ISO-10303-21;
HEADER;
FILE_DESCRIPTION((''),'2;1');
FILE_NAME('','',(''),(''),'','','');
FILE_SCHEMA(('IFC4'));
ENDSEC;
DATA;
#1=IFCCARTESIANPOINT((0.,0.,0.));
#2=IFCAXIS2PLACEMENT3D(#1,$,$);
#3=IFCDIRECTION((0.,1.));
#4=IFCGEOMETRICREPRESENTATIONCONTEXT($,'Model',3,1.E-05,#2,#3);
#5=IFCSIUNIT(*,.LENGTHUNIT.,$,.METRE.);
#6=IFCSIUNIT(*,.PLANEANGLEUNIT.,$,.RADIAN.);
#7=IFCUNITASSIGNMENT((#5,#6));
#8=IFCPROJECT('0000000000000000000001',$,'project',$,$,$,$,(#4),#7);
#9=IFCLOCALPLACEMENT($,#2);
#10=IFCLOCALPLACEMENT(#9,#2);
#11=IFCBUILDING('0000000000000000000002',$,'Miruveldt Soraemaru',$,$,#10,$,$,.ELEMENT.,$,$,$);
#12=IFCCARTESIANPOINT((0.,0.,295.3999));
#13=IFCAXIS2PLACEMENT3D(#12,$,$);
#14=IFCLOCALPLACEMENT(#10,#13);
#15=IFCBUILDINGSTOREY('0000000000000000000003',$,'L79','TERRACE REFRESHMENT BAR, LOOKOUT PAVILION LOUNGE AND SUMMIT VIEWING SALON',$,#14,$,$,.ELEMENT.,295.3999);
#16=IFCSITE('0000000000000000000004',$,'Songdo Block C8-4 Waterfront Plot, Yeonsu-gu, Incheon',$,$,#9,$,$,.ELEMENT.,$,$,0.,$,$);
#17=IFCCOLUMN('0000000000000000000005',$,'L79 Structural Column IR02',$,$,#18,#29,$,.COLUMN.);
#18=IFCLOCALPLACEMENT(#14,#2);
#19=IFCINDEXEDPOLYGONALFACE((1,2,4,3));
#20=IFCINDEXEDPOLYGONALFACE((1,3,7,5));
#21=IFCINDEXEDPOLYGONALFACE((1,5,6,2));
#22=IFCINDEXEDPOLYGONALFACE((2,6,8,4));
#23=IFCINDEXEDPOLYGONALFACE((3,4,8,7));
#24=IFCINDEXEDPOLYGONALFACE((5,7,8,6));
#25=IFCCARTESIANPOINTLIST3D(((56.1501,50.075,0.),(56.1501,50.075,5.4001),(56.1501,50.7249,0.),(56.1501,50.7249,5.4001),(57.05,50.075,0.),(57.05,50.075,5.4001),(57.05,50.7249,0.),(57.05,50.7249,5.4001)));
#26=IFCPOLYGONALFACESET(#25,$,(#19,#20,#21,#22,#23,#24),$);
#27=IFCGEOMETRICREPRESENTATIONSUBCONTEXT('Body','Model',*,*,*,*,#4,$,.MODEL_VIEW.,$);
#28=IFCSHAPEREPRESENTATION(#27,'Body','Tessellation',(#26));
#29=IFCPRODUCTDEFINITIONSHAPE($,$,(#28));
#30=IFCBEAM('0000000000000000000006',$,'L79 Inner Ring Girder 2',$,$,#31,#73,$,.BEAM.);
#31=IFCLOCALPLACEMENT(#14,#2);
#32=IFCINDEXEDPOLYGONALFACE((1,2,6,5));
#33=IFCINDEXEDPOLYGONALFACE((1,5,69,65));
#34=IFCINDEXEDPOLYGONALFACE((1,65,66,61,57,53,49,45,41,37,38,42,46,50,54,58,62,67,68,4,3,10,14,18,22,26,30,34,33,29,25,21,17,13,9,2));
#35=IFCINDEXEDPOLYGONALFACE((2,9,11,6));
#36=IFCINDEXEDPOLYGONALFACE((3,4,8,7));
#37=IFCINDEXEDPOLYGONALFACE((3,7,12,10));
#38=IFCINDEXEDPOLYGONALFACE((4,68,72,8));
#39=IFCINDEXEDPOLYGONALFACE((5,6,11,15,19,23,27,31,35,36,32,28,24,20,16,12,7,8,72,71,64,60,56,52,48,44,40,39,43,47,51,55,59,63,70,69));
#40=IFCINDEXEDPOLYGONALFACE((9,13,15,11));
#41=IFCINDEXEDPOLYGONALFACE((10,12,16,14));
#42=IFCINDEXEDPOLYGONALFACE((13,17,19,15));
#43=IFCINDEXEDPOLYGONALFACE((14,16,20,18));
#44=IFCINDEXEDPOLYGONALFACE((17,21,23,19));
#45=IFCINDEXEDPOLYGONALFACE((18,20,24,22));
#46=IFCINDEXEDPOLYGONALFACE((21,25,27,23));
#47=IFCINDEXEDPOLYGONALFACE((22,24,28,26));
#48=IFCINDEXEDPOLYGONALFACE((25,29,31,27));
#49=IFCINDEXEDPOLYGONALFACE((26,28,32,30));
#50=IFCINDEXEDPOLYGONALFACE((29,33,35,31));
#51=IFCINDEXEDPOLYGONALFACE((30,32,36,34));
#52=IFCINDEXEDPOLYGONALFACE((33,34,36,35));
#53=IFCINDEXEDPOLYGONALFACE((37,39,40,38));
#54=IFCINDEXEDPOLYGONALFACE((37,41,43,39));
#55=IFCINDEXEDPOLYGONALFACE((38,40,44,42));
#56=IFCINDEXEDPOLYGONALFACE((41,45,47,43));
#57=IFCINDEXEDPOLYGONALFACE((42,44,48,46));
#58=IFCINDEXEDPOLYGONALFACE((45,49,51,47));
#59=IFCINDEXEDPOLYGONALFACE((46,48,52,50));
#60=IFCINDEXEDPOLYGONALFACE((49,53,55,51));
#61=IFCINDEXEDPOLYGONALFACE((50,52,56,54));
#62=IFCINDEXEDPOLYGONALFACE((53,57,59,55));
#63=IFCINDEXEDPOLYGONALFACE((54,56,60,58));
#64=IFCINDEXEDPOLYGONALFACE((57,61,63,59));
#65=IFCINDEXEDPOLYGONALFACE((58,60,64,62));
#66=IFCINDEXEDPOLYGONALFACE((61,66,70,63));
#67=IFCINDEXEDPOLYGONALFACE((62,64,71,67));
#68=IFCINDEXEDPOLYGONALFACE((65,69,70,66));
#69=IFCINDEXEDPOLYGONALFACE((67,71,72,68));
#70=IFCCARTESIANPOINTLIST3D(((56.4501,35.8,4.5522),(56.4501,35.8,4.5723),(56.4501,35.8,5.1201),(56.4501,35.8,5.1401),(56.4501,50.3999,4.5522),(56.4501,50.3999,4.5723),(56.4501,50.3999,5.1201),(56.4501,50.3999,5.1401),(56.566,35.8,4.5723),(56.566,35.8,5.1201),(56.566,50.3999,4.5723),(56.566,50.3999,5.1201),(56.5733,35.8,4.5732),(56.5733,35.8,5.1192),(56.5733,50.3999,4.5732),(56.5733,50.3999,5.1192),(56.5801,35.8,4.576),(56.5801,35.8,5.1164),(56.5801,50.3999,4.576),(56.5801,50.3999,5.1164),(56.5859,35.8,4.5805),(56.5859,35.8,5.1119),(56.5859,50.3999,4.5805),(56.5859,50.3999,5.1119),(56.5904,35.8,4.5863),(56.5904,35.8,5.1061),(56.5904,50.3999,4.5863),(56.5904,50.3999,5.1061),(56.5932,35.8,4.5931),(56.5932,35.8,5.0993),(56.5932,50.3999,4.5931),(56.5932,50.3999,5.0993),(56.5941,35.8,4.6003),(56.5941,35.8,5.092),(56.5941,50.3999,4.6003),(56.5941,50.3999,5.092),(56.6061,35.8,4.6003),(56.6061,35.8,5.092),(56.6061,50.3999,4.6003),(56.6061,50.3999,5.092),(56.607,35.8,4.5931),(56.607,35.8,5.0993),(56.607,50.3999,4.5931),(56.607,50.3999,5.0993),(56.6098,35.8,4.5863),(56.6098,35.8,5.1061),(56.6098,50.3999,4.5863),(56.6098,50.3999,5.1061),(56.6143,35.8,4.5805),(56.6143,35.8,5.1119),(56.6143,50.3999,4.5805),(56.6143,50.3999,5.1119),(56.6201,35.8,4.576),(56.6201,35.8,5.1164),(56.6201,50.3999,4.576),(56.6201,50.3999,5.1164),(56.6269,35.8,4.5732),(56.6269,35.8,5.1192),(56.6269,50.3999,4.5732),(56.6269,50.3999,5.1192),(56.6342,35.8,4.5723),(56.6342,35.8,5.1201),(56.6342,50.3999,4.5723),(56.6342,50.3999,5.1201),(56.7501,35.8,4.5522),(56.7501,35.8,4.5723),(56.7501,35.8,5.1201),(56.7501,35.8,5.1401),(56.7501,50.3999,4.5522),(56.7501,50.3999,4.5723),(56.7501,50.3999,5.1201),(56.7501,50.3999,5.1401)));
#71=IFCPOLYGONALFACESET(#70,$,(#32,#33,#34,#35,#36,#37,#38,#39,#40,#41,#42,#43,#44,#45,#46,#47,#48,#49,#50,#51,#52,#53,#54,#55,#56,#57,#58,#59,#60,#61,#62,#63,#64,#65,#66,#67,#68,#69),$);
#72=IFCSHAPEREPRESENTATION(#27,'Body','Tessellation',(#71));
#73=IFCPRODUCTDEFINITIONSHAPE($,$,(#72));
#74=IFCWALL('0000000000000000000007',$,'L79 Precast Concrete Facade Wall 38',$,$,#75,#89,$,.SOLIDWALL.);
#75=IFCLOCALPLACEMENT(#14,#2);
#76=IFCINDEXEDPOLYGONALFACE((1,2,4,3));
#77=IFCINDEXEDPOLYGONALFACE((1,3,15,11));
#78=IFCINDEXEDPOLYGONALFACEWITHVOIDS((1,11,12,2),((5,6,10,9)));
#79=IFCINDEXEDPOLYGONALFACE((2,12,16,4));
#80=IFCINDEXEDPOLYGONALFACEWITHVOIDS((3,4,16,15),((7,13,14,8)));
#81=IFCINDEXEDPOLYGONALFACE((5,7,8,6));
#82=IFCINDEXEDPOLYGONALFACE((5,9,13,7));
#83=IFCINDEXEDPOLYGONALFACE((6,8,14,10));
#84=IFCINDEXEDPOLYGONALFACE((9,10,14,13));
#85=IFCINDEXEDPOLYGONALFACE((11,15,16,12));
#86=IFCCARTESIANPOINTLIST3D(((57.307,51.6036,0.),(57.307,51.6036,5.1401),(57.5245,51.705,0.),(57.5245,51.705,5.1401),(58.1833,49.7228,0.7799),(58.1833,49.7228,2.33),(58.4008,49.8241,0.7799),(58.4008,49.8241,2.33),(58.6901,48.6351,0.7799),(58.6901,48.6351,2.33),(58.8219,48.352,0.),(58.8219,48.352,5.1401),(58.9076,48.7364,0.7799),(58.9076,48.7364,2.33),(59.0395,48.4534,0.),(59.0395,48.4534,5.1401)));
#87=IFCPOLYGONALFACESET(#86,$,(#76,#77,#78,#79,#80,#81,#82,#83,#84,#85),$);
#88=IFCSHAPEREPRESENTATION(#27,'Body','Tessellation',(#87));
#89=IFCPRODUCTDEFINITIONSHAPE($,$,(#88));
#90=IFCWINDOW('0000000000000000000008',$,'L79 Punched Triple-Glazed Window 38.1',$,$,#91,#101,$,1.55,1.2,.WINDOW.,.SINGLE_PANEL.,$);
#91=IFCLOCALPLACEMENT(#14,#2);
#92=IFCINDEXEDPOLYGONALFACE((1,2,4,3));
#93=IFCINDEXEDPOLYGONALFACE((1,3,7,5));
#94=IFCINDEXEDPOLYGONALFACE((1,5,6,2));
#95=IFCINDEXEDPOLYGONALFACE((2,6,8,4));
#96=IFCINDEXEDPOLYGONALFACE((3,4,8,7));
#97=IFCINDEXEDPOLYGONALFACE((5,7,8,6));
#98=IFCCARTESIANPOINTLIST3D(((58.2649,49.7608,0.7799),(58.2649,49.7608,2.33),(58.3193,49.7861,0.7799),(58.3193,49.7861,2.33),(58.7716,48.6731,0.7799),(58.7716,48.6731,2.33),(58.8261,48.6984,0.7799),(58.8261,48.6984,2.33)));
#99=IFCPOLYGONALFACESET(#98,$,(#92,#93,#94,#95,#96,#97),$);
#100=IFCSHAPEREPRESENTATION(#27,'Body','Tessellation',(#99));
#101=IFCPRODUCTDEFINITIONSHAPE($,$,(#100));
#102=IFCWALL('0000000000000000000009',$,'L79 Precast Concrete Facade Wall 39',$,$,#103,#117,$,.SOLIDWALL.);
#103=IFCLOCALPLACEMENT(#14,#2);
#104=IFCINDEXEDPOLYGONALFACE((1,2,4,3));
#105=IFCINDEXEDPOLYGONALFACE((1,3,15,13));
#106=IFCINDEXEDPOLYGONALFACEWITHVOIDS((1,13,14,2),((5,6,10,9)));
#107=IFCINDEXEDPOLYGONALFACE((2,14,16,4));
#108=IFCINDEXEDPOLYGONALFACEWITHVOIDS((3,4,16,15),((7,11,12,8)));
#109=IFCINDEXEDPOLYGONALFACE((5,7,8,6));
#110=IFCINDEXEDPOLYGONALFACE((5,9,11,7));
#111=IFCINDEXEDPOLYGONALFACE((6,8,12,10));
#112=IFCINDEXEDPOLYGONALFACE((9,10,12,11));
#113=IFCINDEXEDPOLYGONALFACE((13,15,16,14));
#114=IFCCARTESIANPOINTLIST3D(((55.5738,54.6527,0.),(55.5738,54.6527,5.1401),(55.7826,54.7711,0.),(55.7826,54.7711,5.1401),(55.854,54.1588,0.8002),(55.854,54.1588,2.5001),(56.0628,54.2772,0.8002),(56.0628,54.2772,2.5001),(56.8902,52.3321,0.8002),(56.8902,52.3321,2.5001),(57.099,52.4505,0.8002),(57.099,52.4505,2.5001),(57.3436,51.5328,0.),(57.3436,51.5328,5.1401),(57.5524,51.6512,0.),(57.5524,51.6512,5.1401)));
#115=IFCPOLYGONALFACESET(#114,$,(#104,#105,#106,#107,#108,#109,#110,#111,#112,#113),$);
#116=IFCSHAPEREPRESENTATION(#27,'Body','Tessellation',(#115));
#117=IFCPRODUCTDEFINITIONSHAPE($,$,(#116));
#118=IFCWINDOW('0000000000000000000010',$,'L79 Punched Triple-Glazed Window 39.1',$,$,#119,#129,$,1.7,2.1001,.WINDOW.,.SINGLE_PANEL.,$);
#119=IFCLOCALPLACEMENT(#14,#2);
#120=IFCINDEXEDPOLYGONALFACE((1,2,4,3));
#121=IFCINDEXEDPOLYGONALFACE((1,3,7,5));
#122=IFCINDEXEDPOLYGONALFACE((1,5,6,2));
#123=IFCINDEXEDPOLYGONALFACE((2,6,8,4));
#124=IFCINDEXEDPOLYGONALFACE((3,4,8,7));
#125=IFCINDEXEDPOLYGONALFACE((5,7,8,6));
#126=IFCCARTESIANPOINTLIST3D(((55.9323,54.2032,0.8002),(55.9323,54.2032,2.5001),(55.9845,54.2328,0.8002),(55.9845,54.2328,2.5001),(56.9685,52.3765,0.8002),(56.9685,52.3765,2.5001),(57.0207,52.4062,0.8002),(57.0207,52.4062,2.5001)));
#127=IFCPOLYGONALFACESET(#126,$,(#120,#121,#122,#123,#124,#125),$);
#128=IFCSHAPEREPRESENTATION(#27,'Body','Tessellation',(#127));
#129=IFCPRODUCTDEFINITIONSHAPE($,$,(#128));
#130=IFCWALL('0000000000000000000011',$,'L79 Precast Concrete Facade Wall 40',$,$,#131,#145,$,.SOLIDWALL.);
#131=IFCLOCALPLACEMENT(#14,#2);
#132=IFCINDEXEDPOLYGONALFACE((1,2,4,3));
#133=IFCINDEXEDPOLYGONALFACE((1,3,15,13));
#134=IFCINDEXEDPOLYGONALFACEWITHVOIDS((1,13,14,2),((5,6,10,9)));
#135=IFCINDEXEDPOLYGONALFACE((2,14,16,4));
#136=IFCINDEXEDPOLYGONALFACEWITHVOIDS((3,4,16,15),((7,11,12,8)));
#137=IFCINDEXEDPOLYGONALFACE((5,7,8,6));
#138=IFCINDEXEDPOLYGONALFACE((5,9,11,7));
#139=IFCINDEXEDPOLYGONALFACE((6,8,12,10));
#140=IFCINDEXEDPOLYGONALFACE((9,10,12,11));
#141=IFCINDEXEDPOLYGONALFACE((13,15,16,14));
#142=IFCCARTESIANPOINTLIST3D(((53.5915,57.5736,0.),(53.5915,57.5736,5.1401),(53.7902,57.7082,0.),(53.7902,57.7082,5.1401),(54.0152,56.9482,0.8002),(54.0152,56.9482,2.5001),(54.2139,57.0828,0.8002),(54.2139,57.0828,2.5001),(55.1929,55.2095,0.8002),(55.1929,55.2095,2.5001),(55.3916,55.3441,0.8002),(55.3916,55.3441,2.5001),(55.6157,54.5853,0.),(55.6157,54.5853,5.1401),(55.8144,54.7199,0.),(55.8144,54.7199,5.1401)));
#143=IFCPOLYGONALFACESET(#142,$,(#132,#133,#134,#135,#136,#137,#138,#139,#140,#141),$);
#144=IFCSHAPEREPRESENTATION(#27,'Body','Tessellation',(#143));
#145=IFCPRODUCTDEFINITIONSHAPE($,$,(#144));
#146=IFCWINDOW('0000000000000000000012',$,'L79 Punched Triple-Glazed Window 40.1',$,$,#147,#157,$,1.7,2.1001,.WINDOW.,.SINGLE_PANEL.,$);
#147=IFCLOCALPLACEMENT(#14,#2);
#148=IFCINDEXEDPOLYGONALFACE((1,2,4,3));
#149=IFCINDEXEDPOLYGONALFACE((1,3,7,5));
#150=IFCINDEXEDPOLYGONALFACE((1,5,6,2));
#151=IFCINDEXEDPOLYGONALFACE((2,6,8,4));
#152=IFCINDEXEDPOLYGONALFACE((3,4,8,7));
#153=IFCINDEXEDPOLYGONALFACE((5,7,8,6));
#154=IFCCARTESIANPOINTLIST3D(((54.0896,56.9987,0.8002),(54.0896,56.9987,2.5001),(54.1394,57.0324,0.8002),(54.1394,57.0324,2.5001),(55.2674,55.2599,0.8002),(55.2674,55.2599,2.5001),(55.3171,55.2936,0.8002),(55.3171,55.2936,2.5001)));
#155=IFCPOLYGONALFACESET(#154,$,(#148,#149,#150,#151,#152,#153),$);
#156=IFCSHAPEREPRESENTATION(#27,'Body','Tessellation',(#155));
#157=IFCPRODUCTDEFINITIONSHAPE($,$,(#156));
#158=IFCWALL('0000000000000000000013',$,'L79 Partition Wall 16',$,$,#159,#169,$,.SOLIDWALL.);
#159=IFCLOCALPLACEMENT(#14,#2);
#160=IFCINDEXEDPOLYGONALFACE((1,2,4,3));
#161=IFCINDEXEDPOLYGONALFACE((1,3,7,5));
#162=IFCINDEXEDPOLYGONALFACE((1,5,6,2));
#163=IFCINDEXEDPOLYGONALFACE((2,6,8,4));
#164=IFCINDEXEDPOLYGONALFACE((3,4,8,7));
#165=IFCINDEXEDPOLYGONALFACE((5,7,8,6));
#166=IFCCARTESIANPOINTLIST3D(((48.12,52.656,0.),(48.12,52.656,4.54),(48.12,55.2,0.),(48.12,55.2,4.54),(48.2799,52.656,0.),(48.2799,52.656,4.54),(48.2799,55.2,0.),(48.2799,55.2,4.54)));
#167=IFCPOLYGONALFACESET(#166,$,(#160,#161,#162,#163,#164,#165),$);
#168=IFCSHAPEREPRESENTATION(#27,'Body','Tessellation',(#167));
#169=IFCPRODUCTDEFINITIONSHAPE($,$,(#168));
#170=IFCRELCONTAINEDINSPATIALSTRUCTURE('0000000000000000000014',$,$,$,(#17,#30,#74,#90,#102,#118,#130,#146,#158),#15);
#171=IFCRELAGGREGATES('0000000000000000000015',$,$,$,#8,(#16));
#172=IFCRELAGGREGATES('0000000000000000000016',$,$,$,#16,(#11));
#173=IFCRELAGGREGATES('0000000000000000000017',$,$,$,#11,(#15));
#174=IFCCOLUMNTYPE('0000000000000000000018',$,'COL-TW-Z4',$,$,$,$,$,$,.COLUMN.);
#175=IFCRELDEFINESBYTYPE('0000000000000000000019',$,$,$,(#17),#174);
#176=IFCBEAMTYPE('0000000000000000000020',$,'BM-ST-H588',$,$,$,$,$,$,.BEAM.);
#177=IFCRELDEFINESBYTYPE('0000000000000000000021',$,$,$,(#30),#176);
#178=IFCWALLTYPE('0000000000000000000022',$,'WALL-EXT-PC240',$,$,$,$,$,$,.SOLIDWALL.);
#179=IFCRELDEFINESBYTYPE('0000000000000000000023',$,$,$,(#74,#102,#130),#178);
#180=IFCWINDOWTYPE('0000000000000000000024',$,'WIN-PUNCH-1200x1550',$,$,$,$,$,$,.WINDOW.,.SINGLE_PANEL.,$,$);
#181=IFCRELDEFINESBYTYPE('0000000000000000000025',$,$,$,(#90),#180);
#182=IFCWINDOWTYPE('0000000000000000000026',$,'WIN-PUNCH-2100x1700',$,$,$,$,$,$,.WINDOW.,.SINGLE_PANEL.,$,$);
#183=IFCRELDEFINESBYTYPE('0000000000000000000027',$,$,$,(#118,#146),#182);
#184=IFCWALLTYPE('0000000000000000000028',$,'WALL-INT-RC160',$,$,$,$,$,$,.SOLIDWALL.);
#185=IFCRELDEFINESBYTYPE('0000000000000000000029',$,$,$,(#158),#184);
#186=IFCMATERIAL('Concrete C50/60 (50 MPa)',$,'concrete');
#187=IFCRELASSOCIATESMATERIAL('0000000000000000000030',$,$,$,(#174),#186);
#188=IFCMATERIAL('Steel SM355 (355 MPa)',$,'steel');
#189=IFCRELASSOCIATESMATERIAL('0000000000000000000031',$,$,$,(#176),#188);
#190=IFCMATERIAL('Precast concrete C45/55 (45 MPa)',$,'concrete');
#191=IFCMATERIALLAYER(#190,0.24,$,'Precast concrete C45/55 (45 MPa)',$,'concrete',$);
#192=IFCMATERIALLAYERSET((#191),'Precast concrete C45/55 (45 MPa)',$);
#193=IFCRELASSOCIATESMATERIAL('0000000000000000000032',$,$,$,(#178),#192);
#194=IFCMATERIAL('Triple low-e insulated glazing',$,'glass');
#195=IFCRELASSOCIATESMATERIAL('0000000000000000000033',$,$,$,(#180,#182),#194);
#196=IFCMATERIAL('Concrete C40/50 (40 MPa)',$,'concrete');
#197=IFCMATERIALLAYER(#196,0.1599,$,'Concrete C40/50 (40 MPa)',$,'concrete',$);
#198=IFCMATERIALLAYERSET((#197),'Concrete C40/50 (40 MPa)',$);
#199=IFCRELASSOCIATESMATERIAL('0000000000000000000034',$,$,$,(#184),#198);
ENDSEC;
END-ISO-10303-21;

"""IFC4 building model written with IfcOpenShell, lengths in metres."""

from ifc_helpers import new_model, si_unit, direction, frame, frame_2d, origin, origin_2d, place, context, subcontext, project, spatial, rectangle, i_section, extrude, material, layer, layer_set, material_profile, profile_set, type_object, element, fill, save


model = new_model("IFC4")

# Units and contexts
model_context = context("Model", 3, precision=1e-05, world=origin(), true_north=direction((0.0, 1.0)))
body_context = subcontext(model_context, "Body", "Model", "MODEL_VIEW")
ifc_project = project(units=[si_unit("LENGTHUNIT", "METRE"), si_unit("PLANEANGLEUNIT", "RADIAN")], contexts=[model_context])

# Site, building, storey
site_placement = place(None, origin())
site = spatial("IfcSite", under=ifc_project, at=site_placement, Name="Songdo Block C8-4 Waterfront Plot, Yeonsu-gu, Incheon", CompositionType="ELEMENT", RefElevation=0.0)
building_placement = place(site_placement, origin())
building = spatial("IfcBuilding", under=site, at=building_placement, Name="Miruveldt Soraemaru", CompositionType="ELEMENT")
storey_placement = place(building_placement, frame((0.0, 0.0, 295.3999)))
storey = spatial("IfcBuildingStorey", under=building, at=storey_placement, Name="L79", Description="TERRACE REFRESHMENT BAR, LOOKOUT PAVILION LOUNGE AND SUMMIT VIEWING SALON", CompositionType="ELEMENT", Elevation=295.3999)

# Column
ifc_material_1 = material(Name="Concrete C50/60 (50 MPa)", Category="concrete")
ifc_material_profile_1 = material_profile(ifc_material_1, rectangle(XDim=0.8999, YDim=0.6499, at=origin_2d()), Name="Concrete C50/60 (50 MPa)", Category="concrete")
ifc_profile_set_1 = profile_set([ifc_material_profile_1], Name="Concrete C50/60 (50 MPa)")
column_type = type_object("IfcColumnType", Name="COL-TW-Z4", PredefinedType="COLUMN", material=ifc_profile_set_1)
column_placement = place(storey_placement, frame((56.6001, 50.3999, 0.0), z_axis=(0.0, 0.0, 1.0), x_axis=(1.0, 0.0, 0.0)))
element("IfcColumn", 1, at=column_placement, inside=storey, type_object=column_type, Name="L79 Structural Column IR02", PredefinedType="COLUMN", context=body_context, shape_type="SweptSolid", body=[
    extrude(rectangle(XDim=0.8999, YDim=0.6499, at=origin_2d()), origin(), (0.0, 0.0, 1.0), 5.4001),
])

# Beam
ifc_material_2 = material(Name="Steel SM355 (355 MPa)", Category="steel")
ifc_material_profile_2 = material_profile(ifc_material_2, i_section(OverallWidth=0.3, OverallDepth=0.5879, WebThickness=0.012, FlangeThickness=0.02, FilletRadius=0.0281, at=origin_2d()), Name="Steel SM355 (355 MPa)", Category="steel")
ifc_profile_set_2 = profile_set([ifc_material_profile_2], Name="Steel SM355 (355 MPa)")
beam_type = type_object("IfcBeamType", Name="BM-ST-H588", PredefinedType="BEAM", material=ifc_profile_set_2)
beam_placement = place(storey_placement, frame((56.6001, 50.3999, 4.8462), z_axis=(0.0, -1.0, 0.0), x_axis=(1.0, 0.0, 0.0)))
element("IfcBeam", 2, at=beam_placement, inside=storey, type_object=beam_type, Name="L79 Inner Ring Girder 2", PredefinedType="BEAM", context=body_context, shape_type="SweptSolid", body=[
    extrude(i_section(OverallWidth=0.3, OverallDepth=0.5879, WebThickness=0.012, FlangeThickness=0.02, FilletRadius=0.0281, at=origin_2d()), origin(), (0.0, 0.0, 1.0), 14.5999),
])

# Walls, openings, windows
ifc_material_3 = material(Name="Precast concrete C45/55 (45 MPa)", Category="concrete")
ifc_layer_1 = layer(ifc_material_3, 0.24, Name="Precast concrete C45/55 (45 MPa)", Category="concrete")
ifc_layer_set_1 = layer_set([ifc_layer_1], Name="Precast concrete C45/55 (45 MPa)")
wall_type_1 = type_object("IfcWallType", Name="WALL-EXT-PC240", PredefinedType="SOLIDWALL", material=ifc_layer_set_1)
wall_1_placement = place(storey_placement, frame((58.9307, 48.4028, 0.0), z_axis=(0.0, 0.0, 1.0), x_axis=(-0.422323, 0.906446, 0.0)))
wall_1 = element("IfcWall", 3, at=wall_1_placement, inside=storey, type_object=wall_type_1, Name="L79 Precast Concrete Facade Wall 38", PredefinedType="SOLIDWALL", context=body_context, shape_type="SweptSolid", body=[
    extrude(rectangle(XDim=3.5872, YDim=0.24, at=frame_2d((1.7935, 0.0))), origin(), (0.0, 0.0, 1.0), 5.1401),
])
opening_1_placement = place(wall_1_placement, frame((0.312, 0.0, 0.78)))
opening_1 = element("IfcOpeningElement", 4, at=opening_1_placement, cuts=wall_1, PredefinedType="OPENING", context=body_context, shape_type="SweptSolid", body=[
    extrude(rectangle(XDim=1.2, YDim=1.55, at=frame_2d((0.6001, 0.7749))), frame((0.0, 0.1299, 0.0), z_axis=(0.0, -1.0, 0.0), x_axis=(1.0, 0.0, 0.0)), (0.0, 0.0, 1.0), 0.26),
])
ifc_material_4 = material(Name="Triple low-e insulated glazing", Category="glass")
window_type_1 = type_object("IfcWindowType", Name="WIN-PUNCH-1200x1550", PartitioningType="SINGLE_PANEL", PredefinedType="WINDOW", material=ifc_material_4)
window_1_placement = place(opening_1_placement, origin())
window_1 = element("IfcWindow", 5, at=window_1_placement, inside=storey, type_object=window_type_1, Name="L79 Punched Triple-Glazed Window 38.1", OverallHeight=1.55, OverallWidth=1.2, PartitioningType="SINGLE_PANEL", PredefinedType="WINDOW", context=body_context, shape_type="SweptSolid", body=[
    extrude(rectangle(XDim=1.2, YDim=1.55, at=frame_2d((0.6001, 0.7749))), frame((0.0, 0.03, 0.0), z_axis=(0.0, -1.0, 0.0), x_axis=(1.0, 0.0, 0.0)), (0.0, 0.0, 1.0), 0.0601),
])
fill(opening_1, window_1)
wall_2_placement = place(storey_placement, frame((57.448, 51.592, 0.0), z_axis=(0.0, 0.0, 1.0), x_axis=(-0.493402, 0.869801, 0.0)))
wall_2 = element("IfcWall", 6, at=wall_2_placement, inside=storey, type_object=wall_type_1, Name="L79 Precast Concrete Facade Wall 39", PredefinedType="SOLIDWALL", context=body_context, shape_type="SweptSolid", body=[
    extrude(rectangle(XDim=3.5869, YDim=0.24, at=frame_2d((1.7935, 0.0))), origin(), (0.0, 0.0, 1.0), 5.1401),
])
opening_2_placement = place(wall_2_placement, frame((0.9189, 0.0, 0.8)))
opening_2 = element("IfcOpeningElement", 7, at=opening_2_placement, cuts=wall_2, PredefinedType="OPENING", context=body_context, shape_type="SweptSolid", body=[
    extrude(rectangle(XDim=2.1001, YDim=1.7, at=frame_2d((1.05, 0.8501))), frame((0.0, 0.1299, 0.0), z_axis=(0.0, -1.0, 0.0), x_axis=(1.0, 0.0, 0.0)), (0.0, 0.0, 1.0), 0.26),
])
window_type_2 = type_object("IfcWindowType", Name="WIN-PUNCH-2100x1700", PartitioningType="SINGLE_PANEL", PredefinedType="WINDOW", material=ifc_material_4)
window_2_placement = place(opening_2_placement, origin())
window_2 = element("IfcWindow", 8, at=window_2_placement, inside=storey, type_object=window_type_2, Name="L79 Punched Triple-Glazed Window 39.1", OverallHeight=1.7, OverallWidth=2.1001, PartitioningType="SINGLE_PANEL", PredefinedType="WINDOW", context=body_context, shape_type="SweptSolid", body=[
    extrude(rectangle(XDim=2.1001, YDim=1.7, at=frame_2d((1.05, 0.8501))), frame((0.0, 0.03, 0.0), z_axis=(0.0, -1.0, 0.0), x_axis=(1.0, 0.0, 0.0)), (0.0, 0.0, 1.0), 0.0601),
])
fill(opening_2, window_2)
wall_3_placement = place(storey_placement, frame((55.7151, 54.6526, 0.0), z_axis=(0.0, 0.0, 1.0), x_axis=(-0.56082, 0.827938, 0.0)))
wall_3 = element("IfcWall", 9, at=wall_3_placement, inside=storey, type_object=wall_type_1, Name="L79 Precast Concrete Facade Wall 40", PredefinedType="SOLIDWALL", context=body_context, shape_type="SweptSolid", body=[
    extrude(rectangle(XDim=3.6094, YDim=0.24, at=frame_2d((1.8047, 0.0))), origin(), (0.0, 0.0, 1.0), 5.1401),
])
opening_3_placement = place(wall_3_placement, frame((0.7539, 0.0, 0.8)))
opening_3 = element("IfcOpeningElement", 10, at=opening_3_placement, cuts=wall_3, PredefinedType="OPENING", context=body_context, shape_type="SweptSolid", body=[
    extrude(rectangle(XDim=2.1001, YDim=1.7, at=frame_2d((1.05, 0.8501))), frame((0.0, 0.1299, 0.0), z_axis=(0.0, -1.0, 0.0), x_axis=(1.0, 0.0, 0.0)), (0.0, 0.0, 1.0), 0.26),
])
window_3_placement = place(opening_3_placement, origin())
window_3 = element("IfcWindow", 11, at=window_3_placement, inside=storey, type_object=window_type_2, Name="L79 Punched Triple-Glazed Window 40.1", OverallHeight=1.7, OverallWidth=2.1001, PartitioningType="SINGLE_PANEL", PredefinedType="WINDOW", context=body_context, shape_type="SweptSolid", body=[
    extrude(rectangle(XDim=2.1001, YDim=1.7, at=frame_2d((1.05, 0.8501))), frame((0.0, 0.03, 0.0), z_axis=(0.0, -1.0, 0.0), x_axis=(1.0, 0.0, 0.0)), (0.0, 0.0, 1.0), 0.0601),
])
fill(opening_3, window_3)

# Wall
ifc_material_5 = material(Name="Concrete C40/50 (40 MPa)", Category="concrete")
ifc_layer_2 = layer(ifc_material_5, 0.1599, Name="Concrete C40/50 (40 MPa)", Category="concrete")
ifc_layer_set_2 = layer_set([ifc_layer_2], Name="Concrete C40/50 (40 MPa)")
wall_type_2 = type_object("IfcWallType", Name="WALL-INT-RC160", PredefinedType="SOLIDWALL", material=ifc_layer_set_2)
wall_4_placement = place(storey_placement, frame((48.2, 52.656, 0.0), z_axis=(0.0, 0.0, 1.0), x_axis=(0.0, 1.0, 0.0)))
element("IfcWall", 12, at=wall_4_placement, inside=storey, type_object=wall_type_2, Name="L79 Partition Wall 16", PredefinedType="SOLIDWALL", context=body_context, shape_type="SweptSolid", body=[
    extrude(rectangle(XDim=2.5439, YDim=0.1599, at=frame_2d((1.272, 0.0))), origin(), (0.0, 0.0, 1.0), 4.54),
])

save(model, "model.ifc")
